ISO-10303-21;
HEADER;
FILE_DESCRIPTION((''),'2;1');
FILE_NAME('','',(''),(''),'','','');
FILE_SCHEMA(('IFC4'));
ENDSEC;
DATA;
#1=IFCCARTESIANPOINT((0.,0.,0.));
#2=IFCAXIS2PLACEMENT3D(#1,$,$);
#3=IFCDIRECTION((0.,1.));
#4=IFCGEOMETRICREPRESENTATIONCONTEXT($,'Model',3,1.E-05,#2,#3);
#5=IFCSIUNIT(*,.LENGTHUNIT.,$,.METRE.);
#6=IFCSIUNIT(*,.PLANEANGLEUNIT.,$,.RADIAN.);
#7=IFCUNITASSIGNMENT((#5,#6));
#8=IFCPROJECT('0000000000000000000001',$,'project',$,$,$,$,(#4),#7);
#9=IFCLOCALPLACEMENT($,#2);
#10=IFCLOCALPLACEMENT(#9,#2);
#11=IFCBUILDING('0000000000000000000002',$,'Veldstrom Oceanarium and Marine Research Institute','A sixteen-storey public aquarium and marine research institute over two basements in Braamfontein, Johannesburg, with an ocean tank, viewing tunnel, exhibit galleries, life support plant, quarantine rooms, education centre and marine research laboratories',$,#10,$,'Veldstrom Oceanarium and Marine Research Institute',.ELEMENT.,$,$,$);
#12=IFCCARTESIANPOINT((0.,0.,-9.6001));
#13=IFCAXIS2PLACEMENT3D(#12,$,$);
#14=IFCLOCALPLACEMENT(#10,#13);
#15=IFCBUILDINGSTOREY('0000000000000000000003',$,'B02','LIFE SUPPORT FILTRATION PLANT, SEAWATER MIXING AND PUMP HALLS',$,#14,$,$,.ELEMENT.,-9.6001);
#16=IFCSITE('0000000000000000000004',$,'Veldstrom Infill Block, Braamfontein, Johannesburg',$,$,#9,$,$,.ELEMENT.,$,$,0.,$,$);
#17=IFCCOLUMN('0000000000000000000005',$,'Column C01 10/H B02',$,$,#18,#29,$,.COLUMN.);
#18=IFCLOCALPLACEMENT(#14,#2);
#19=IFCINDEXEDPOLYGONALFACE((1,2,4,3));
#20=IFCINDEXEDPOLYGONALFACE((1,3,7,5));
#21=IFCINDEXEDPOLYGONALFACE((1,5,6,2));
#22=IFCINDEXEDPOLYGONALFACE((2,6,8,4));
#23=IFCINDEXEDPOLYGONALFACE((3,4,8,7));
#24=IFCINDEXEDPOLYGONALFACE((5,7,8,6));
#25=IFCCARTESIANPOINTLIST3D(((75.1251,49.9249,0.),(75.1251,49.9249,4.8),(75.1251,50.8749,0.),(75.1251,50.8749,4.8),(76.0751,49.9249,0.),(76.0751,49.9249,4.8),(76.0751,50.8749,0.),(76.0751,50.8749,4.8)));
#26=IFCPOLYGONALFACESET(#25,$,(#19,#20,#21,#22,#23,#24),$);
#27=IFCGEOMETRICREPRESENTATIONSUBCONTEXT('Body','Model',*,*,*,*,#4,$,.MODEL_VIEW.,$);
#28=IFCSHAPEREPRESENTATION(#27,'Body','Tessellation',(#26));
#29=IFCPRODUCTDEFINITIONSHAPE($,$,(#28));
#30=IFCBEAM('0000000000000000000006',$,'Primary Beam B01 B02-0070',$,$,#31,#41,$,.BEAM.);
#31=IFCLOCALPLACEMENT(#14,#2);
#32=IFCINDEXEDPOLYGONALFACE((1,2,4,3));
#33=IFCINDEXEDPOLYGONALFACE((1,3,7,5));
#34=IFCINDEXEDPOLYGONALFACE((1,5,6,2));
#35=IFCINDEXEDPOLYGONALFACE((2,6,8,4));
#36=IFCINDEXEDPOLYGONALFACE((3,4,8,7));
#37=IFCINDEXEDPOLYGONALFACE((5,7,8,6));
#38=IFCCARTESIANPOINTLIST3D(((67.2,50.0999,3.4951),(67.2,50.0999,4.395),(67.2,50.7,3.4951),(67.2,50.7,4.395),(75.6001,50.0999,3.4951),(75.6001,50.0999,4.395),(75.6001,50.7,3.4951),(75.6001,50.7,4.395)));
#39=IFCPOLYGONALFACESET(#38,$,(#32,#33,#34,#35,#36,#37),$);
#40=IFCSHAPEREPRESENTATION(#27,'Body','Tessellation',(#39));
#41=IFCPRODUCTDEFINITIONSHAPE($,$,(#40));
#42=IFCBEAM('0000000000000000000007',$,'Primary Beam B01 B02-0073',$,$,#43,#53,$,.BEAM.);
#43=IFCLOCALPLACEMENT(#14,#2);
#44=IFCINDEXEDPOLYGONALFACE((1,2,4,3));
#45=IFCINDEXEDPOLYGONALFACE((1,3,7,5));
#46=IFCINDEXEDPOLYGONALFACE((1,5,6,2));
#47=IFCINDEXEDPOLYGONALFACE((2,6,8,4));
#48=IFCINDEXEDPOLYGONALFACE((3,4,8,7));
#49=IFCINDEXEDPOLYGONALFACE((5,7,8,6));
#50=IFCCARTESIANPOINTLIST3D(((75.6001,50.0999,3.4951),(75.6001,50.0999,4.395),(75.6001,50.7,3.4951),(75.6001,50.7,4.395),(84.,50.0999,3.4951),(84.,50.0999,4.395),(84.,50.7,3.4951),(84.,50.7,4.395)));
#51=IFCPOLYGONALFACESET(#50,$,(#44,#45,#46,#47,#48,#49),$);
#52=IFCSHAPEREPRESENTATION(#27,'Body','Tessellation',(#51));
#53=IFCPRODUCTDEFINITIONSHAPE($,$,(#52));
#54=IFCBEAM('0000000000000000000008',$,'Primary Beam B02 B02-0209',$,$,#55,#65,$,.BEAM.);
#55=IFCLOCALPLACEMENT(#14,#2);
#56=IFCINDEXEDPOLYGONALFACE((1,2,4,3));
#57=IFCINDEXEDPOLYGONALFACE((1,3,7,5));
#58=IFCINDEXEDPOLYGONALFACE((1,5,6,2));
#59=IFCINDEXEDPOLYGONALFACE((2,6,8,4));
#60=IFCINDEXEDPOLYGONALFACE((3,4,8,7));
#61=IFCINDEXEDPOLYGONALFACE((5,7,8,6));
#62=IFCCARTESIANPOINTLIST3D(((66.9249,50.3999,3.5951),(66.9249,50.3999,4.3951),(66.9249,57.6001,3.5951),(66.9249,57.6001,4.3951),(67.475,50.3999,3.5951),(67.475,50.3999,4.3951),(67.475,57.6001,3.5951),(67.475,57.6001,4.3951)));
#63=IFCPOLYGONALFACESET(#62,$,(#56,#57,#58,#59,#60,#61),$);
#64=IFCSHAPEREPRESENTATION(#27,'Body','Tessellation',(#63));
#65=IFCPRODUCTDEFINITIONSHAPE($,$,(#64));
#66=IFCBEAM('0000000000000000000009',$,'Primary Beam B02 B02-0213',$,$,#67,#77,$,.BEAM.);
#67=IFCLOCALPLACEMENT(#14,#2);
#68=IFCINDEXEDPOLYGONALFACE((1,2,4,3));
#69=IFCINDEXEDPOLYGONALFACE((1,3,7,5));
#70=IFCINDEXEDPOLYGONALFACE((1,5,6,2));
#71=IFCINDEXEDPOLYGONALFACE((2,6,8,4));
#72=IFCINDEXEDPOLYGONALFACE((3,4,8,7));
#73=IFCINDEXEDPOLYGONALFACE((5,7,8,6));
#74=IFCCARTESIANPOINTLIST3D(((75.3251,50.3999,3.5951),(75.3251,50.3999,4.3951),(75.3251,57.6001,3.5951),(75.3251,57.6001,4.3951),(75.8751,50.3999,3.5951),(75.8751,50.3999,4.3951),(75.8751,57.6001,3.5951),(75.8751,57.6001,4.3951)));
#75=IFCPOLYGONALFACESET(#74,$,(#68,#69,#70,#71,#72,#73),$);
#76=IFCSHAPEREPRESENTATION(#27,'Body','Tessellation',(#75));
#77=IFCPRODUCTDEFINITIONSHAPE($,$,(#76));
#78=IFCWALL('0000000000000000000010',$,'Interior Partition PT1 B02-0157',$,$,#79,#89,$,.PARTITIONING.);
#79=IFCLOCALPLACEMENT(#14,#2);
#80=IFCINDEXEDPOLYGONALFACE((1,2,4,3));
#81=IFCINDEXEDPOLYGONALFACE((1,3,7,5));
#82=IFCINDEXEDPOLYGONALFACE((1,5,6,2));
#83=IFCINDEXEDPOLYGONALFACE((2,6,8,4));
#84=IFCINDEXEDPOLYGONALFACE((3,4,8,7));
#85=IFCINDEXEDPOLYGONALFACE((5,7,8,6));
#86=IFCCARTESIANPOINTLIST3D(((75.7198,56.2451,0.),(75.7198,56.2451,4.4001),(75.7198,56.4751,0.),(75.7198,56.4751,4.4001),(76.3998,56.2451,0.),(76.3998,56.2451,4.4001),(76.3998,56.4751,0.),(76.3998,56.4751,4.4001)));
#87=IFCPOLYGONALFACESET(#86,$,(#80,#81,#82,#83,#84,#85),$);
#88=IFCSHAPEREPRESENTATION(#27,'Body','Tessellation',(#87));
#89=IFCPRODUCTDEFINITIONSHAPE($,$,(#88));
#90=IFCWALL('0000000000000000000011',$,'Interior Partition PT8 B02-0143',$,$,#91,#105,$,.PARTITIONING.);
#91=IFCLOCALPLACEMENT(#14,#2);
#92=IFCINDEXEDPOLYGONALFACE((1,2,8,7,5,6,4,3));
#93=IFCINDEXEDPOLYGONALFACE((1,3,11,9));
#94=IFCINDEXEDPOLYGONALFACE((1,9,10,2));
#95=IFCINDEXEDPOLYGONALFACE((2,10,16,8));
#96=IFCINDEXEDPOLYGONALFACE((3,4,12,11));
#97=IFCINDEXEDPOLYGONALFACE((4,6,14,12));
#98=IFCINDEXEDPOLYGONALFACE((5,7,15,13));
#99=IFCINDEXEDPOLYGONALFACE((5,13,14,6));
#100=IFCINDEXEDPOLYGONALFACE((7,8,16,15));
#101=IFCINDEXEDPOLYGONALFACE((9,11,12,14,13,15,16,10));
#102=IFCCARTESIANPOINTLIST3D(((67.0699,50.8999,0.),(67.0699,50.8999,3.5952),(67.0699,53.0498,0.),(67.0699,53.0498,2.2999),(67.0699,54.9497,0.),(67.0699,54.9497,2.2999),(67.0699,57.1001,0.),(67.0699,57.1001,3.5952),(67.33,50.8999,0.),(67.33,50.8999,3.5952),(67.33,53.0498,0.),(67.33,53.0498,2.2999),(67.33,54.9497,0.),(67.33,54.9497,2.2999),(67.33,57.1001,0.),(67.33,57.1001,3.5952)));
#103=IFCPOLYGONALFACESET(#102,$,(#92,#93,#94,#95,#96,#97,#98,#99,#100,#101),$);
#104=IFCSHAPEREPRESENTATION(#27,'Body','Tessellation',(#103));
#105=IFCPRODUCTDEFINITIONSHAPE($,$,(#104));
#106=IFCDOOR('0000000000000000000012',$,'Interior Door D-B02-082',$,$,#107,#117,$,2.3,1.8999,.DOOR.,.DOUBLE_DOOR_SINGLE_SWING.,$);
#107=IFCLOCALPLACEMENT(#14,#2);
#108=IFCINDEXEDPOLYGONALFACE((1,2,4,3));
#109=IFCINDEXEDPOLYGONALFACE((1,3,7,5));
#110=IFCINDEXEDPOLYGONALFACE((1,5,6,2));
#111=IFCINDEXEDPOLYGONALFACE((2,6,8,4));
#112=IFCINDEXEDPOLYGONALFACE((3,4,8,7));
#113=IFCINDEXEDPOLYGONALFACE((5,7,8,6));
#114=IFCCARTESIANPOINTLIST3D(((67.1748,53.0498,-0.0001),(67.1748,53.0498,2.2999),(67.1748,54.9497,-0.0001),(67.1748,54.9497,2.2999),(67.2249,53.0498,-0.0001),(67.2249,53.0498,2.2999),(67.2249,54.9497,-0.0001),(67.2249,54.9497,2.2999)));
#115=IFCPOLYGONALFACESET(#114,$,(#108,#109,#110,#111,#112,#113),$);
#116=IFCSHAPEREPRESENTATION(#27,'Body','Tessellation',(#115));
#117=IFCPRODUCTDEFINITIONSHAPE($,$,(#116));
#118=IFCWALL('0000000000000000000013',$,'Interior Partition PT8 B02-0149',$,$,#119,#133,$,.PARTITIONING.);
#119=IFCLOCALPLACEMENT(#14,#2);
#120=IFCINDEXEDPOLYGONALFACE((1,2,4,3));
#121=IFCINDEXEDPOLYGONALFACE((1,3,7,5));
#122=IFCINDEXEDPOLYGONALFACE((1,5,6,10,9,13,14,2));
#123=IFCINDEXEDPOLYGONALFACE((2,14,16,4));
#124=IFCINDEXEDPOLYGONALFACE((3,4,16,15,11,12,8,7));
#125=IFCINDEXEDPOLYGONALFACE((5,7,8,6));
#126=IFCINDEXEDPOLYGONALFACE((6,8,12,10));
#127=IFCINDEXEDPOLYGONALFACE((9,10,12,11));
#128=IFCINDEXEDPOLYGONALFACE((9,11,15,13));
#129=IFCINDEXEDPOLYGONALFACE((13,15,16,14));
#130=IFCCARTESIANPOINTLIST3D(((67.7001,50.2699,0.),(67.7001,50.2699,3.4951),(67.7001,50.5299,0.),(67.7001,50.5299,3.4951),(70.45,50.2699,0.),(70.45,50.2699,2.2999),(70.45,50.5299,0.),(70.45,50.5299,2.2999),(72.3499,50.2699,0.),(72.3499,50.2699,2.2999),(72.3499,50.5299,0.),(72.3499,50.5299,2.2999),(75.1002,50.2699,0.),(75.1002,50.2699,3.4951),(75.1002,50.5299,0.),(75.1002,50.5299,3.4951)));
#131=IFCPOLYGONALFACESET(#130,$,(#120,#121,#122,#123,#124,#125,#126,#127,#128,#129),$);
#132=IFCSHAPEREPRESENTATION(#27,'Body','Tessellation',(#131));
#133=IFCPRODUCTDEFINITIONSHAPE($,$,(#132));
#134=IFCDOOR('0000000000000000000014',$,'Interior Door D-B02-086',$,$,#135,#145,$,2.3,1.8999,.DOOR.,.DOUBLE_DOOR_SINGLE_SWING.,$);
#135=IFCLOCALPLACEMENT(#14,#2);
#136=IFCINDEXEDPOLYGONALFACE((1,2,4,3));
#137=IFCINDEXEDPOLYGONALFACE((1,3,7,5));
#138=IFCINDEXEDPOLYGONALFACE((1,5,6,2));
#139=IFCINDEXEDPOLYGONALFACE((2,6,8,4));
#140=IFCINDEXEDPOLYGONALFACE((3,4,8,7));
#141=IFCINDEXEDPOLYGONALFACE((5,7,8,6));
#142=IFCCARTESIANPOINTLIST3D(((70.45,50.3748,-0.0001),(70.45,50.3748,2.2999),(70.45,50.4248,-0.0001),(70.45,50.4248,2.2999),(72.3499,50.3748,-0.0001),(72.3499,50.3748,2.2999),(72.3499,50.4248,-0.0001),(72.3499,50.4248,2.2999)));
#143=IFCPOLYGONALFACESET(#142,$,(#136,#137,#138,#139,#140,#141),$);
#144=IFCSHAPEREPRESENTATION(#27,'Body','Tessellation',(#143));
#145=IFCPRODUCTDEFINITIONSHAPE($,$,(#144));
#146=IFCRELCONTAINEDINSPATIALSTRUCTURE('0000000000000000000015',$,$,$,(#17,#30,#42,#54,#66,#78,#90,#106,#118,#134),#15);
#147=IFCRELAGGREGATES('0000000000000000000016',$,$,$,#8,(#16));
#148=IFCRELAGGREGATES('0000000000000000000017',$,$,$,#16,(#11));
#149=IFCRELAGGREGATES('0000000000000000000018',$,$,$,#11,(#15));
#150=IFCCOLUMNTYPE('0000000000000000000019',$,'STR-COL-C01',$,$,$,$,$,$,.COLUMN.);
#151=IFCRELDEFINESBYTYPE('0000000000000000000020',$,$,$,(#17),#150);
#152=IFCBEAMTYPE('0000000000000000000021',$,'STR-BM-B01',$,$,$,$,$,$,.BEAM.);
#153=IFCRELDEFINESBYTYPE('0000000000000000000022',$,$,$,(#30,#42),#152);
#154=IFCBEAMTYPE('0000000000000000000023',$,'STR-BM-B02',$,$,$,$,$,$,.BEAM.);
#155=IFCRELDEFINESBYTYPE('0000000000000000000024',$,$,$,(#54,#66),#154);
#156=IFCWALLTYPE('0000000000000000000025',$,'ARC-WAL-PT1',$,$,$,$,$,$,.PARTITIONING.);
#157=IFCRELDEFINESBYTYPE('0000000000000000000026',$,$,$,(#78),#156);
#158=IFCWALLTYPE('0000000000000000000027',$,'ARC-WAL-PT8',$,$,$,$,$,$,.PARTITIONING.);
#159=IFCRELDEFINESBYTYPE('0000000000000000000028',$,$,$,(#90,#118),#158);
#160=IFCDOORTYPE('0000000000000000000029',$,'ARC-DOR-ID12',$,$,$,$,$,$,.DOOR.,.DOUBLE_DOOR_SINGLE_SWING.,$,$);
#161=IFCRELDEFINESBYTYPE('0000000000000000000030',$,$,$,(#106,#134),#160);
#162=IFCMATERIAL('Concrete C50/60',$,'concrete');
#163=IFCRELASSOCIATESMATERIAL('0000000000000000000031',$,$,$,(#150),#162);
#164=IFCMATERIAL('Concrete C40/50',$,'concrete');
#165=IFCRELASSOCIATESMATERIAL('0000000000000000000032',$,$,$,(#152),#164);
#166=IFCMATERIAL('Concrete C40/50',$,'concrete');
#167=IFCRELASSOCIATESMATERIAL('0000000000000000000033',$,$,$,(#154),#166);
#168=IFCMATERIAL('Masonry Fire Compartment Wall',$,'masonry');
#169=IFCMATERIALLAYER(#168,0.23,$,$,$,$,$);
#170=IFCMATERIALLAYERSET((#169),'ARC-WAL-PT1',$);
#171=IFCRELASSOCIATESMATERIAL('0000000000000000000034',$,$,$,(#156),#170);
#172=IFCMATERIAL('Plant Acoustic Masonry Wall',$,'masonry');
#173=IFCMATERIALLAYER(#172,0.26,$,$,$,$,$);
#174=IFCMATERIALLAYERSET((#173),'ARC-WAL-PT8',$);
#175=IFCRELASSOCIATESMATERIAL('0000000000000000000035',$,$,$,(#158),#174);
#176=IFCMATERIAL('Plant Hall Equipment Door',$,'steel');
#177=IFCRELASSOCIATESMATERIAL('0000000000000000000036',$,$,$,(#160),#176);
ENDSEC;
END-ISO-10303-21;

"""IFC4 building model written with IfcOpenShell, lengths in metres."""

from ifc_helpers import new_model, si_unit, direction, frame, frame_2d, origin, origin_2d, place, context, subcontext, project, spatial, rectangle, extrude, material, layer, layer_set, material_profile, profile_set, type_object, element, fill, save


model = new_model("IFC4")

# Units and contexts
model_context = context("Model", 3, precision=1e-05, world=origin(), true_north=direction((0.0, 1.0)))
body_context = subcontext(model_context, "Body", "Model", "MODEL_VIEW")
ifc_project = project(units=[si_unit("LENGTHUNIT", "METRE"), si_unit("PLANEANGLEUNIT", "RADIAN")], contexts=[model_context])

# Site, building, storey
site_placement = place(None, origin())
site = spatial("IfcSite", under=ifc_project, at=site_placement, Name="Veldstrom Infill Block, Braamfontein, Johannesburg", CompositionType="ELEMENT", RefElevation=0.0)
building_placement = place(site_placement, origin())
building = spatial("IfcBuilding", under=site, at=building_placement, Name="Veldstrom Oceanarium and Marine Research Institute", Description="A sixteen-storey public aquarium and marine research institute over two basements in Braamfontein, Johannesburg, with an ocean tank, viewing tunnel, exhibit galleries, life support plant, quarantine rooms, education centre and marine research laboratories", LongName="Veldstrom Oceanarium and Marine Research Institute", CompositionType="ELEMENT")
storey_placement = place(building_placement, frame((0.0, 0.0, -9.6001)))
storey = spatial("IfcBuildingStorey", under=building, at=storey_placement, Name="B02", Description="LIFE SUPPORT FILTRATION PLANT, SEAWATER MIXING AND PUMP HALLS", CompositionType="ELEMENT", Elevation=-9.6001)

# Column
ifc_material_1 = material(Name="Concrete C50/60", Category="concrete")
ifc_material_profile_1 = material_profile(ifc_material_1, rectangle(XDim=0.95, YDim=0.95, at=origin_2d()), Name="RC-COL-950x950")
ifc_profile_set_1 = profile_set([ifc_material_profile_1], Name="Concrete C50/60")
column_type = type_object("IfcColumnType", Name="STR-COL-C01", PredefinedType="COLUMN", material=ifc_profile_set_1)
column_placement = place(storey_placement, frame((75.6001, 50.3999, 0.0), z_axis=(0.0, 0.0, 1.0), x_axis=(1.0, 0.0, 0.0)))
element("IfcColumn", 1, at=column_placement, inside=storey, type_object=column_type, Name="Column C01 10/H B02", PredefinedType="COLUMN", context=body_context, shape_type="SweptSolid", body=[
    extrude(rectangle(XDim=0.95, YDim=0.95, at=origin_2d()), origin(), (0.0, 0.0, 1.0), 4.8),
])

# Beams
ifc_material_2 = material(Name="Concrete C40/50", Category="concrete")
ifc_material_profile_2 = material_profile(ifc_material_2, rectangle(XDim=0.6001, YDim=0.8999, at=origin_2d()), Name="RC-BM-600x900")
ifc_profile_set_2 = profile_set([ifc_material_profile_2], Name="Concrete C40/50")
beam_type_1 = type_object("IfcBeamType", Name="STR-BM-B01", PredefinedType="BEAM", material=ifc_profile_set_2)
beam_1_placement = place(storey_placement, frame((67.2, 50.3999, 3.9451), z_axis=(1.0, 0.0, 0.0), x_axis=(0.0, 1.0, 0.0)))
element("IfcBeam", 2, at=beam_1_placement, inside=storey, type_object=beam_type_1, Name="Primary Beam B01 B02-0070", PredefinedType="BEAM", context=body_context, shape_type="SweptSolid", body=[
    extrude(rectangle(XDim=0.6001, YDim=0.8999, at=origin_2d()), origin(), (0.0, 0.0, 1.0), 8.4001),
])
beam_2_placement = place(storey_placement, frame((75.6001, 50.3999, 3.9451), z_axis=(1.0, 0.0, 0.0), x_axis=(0.0, 1.0, 0.0)))
element("IfcBeam", 3, at=beam_2_placement, inside=storey, type_object=beam_type_1, Name="Primary Beam B01 B02-0073", PredefinedType="BEAM", context=body_context, shape_type="SweptSolid", body=[
    extrude(rectangle(XDim=0.6001, YDim=0.8999, at=origin_2d()), origin(), (0.0, 0.0, 1.0), 8.3999),
])
ifc_material_3 = material(Name="Concrete C40/50", Category="concrete")
ifc_material_profile_3 = material_profile(ifc_material_3, rectangle(XDim=0.55, YDim=0.8, at=origin_2d()), Name="RC-BM-550x800")
ifc_profile_set_3 = profile_set([ifc_material_profile_3], Name="Concrete C40/50")
beam_type_2 = type_object("IfcBeamType", Name="STR-BM-B02", PredefinedType="BEAM", material=ifc_profile_set_3)
for number, where, z_axis, x_axis, name in (
    (4, (67.2, 50.3999, 3.9951), (0.0, 1.0, 0.0), (-1.0, 0.0, 0.0), "Primary Beam B02 B02-0209"),
    (5, (75.6001, 50.3999, 3.9951), (0.0, 1.0, 0.0), (-1.0, 0.0, 0.0), "Primary Beam B02 B02-0213"),
):
    element("IfcBeam", number, at=place(storey_placement, frame(where, z_axis=z_axis, x_axis=x_axis)), inside=storey, type_object=beam_type_2, Name=name, PredefinedType="BEAM", context=body_context, shape_type="SweptSolid", body=[
        extrude(rectangle(XDim=0.55, YDim=0.8, at=origin_2d()), origin(), (0.0, 0.0, 1.0), 7.2002),
    ])

# Shared definitions
ifc_material_4 = material(Name="Masonry Fire Compartment Wall", Category="masonry")
ifc_layer_1 = layer(ifc_material_4, 0.23)
ifc_layer_set_1 = layer_set([ifc_layer_1], Name="ARC-WAL-PT1")
wall_type_1 = type_object("IfcWallType", Name="ARC-WAL-PT1", PredefinedType="PARTITIONING", material=ifc_layer_set_1)

# Wall
wall_1_placement = place(storey_placement, frame((75.72, 56.3601, 0.0), z_axis=(0.0, 0.0, 1.0), x_axis=(1.0, 0.0, 0.0)))
element("IfcWall", 6, at=wall_1_placement, inside=storey, type_object=wall_type_1, Name="Interior Partition PT1 B02-0157", PredefinedType="PARTITIONING", context=body_context, shape_type="SweptSolid", body=[
    extrude(rectangle(XDim=0.6799, YDim=0.23, at=frame_2d((0.3398, 0.0))), origin(), (0.0, 0.0, 1.0), 4.4001),
])

# Walls, openings, doors
ifc_material_5 = material(Name="Plant Acoustic Masonry Wall", Category="masonry")
ifc_layer_2 = layer(ifc_material_5, 0.26)
ifc_layer_set_2 = layer_set([ifc_layer_2], Name="ARC-WAL-PT8")
wall_type_2 = type_object("IfcWallType", Name="ARC-WAL-PT8", PredefinedType="PARTITIONING", material=ifc_layer_set_2)
wall_2_placement = place(storey_placement, frame((67.2, 50.8999, 0.0), z_axis=(0.0, 0.0, 1.0), x_axis=(0.0, 1.0, 0.0)))
wall_2 = element("IfcWall", 7, at=wall_2_placement, inside=storey, type_object=wall_type_2, Name="Interior Partition PT8 B02-0143", PredefinedType="PARTITIONING", context=body_context, shape_type="SweptSolid", body=[
    extrude(rectangle(XDim=6.2002, YDim=0.26, at=frame_2d((3.1001, 0.0))), origin(), (0.0, 0.0, 1.0), 3.5952),
])
opening_1_placement = place(wall_2_placement, frame((2.1499, 0.0, 0.0)))
opening_1 = element("IfcOpeningElement", 8, at=opening_1_placement, cuts=wall_2, PredefinedType="OPENING", context=body_context, shape_type="SweptSolid", body=[
    extrude(rectangle(XDim=1.8999, YDim=2.3, at=frame_2d((0.95, 1.1499))), frame((0.0, 0.1399, 0.0), z_axis=(0.0, -1.0, 0.0), x_axis=(1.0, 0.0, 0.0)), (0.0, 0.0, 1.0), 0.28),
])
ifc_material_6 = material(Name="Plant Hall Equipment Door", Category="steel")
door_type_1 = type_object("IfcDoorType", Name="ARC-DOR-ID12", OperationType="DOUBLE_DOOR_SINGLE_SWING", PredefinedType="DOOR", material=ifc_material_6)
door_1_placement = place(opening_1_placement, frame((1.8999, 0.0, 0.0), z_axis=(0.0, 0.0, 1.0), x_axis=(-1.0, 0.0, 0.0)))
door_1 = element("IfcDoor", 9, at=door_1_placement, inside=storey, type_object=door_type_1, Name="Interior Door D-B02-082", OperationType="DOUBLE_DOOR_SINGLE_SWING", OverallHeight=2.3, OverallWidth=1.8999, PredefinedType="DOOR", context=body_context, shape_type="SweptSolid", body=[
    extrude(rectangle(XDim=1.8999, YDim=2.3, at=frame_2d((0.95, 1.1499))), frame((0.0, 0.0249, 0.0), z_axis=(0.0, -1.0, 0.0), x_axis=(1.0, 0.0, 0.0)), (0.0, 0.0, 1.0), 0.05),
])
fill(opening_1, door_1)
wall_3_placement = place(storey_placement, frame((67.7, 50.3999, 0.0), z_axis=(0.0, 0.0, 1.0), x_axis=(1.0, 0.0, 0.0)))
wall_3 = element("IfcWall", 10, at=wall_3_placement, inside=storey, type_object=wall_type_2, Name="Interior Partition PT8 B02-0149", PredefinedType="PARTITIONING", context=body_context, shape_type="SweptSolid", body=[
    extrude(rectangle(XDim=7.4001, YDim=0.26, at=frame_2d((3.7002, 0.0))), origin(), (0.0, 0.0, 1.0), 3.4951),
])
opening_2_placement = place(wall_3_placement, frame((2.75, 0.0, 0.0)))
opening_2 = element("IfcOpeningElement", 11, at=opening_2_placement, cuts=wall_3, PredefinedType="OPENING", context=body_context, shape_type="SweptSolid", body=[
    extrude(rectangle(XDim=1.8999, YDim=2.3, at=frame_2d((0.95, 1.1499))), frame((0.0, 0.1399, 0.0), z_axis=(0.0, -1.0, 0.0), x_axis=(1.0, 0.0, 0.0)), (0.0, 0.0, 1.0), 0.28),
])
door_2_placement = place(opening_2_placement, origin())
door_2 = element("IfcDoor", 12, at=door_2_placement, inside=storey, type_object=door_type_1, Name="Interior Door D-B02-086", OperationType="DOUBLE_DOOR_SINGLE_SWING", OverallHeight=2.3, OverallWidth=1.8999, PredefinedType="DOOR", context=body_context, shape_type="SweptSolid", body=[
    extrude(rectangle(XDim=1.8999, YDim=2.3, at=frame_2d((0.95, 1.1499))), frame((0.0, 0.0249, 0.0), z_axis=(0.0, -1.0, 0.0), x_axis=(1.0, 0.0, 0.0)), (0.0, 0.0, 1.0), 0.05),
])
fill(opening_2, door_2)

save(model, "model.ifc")
